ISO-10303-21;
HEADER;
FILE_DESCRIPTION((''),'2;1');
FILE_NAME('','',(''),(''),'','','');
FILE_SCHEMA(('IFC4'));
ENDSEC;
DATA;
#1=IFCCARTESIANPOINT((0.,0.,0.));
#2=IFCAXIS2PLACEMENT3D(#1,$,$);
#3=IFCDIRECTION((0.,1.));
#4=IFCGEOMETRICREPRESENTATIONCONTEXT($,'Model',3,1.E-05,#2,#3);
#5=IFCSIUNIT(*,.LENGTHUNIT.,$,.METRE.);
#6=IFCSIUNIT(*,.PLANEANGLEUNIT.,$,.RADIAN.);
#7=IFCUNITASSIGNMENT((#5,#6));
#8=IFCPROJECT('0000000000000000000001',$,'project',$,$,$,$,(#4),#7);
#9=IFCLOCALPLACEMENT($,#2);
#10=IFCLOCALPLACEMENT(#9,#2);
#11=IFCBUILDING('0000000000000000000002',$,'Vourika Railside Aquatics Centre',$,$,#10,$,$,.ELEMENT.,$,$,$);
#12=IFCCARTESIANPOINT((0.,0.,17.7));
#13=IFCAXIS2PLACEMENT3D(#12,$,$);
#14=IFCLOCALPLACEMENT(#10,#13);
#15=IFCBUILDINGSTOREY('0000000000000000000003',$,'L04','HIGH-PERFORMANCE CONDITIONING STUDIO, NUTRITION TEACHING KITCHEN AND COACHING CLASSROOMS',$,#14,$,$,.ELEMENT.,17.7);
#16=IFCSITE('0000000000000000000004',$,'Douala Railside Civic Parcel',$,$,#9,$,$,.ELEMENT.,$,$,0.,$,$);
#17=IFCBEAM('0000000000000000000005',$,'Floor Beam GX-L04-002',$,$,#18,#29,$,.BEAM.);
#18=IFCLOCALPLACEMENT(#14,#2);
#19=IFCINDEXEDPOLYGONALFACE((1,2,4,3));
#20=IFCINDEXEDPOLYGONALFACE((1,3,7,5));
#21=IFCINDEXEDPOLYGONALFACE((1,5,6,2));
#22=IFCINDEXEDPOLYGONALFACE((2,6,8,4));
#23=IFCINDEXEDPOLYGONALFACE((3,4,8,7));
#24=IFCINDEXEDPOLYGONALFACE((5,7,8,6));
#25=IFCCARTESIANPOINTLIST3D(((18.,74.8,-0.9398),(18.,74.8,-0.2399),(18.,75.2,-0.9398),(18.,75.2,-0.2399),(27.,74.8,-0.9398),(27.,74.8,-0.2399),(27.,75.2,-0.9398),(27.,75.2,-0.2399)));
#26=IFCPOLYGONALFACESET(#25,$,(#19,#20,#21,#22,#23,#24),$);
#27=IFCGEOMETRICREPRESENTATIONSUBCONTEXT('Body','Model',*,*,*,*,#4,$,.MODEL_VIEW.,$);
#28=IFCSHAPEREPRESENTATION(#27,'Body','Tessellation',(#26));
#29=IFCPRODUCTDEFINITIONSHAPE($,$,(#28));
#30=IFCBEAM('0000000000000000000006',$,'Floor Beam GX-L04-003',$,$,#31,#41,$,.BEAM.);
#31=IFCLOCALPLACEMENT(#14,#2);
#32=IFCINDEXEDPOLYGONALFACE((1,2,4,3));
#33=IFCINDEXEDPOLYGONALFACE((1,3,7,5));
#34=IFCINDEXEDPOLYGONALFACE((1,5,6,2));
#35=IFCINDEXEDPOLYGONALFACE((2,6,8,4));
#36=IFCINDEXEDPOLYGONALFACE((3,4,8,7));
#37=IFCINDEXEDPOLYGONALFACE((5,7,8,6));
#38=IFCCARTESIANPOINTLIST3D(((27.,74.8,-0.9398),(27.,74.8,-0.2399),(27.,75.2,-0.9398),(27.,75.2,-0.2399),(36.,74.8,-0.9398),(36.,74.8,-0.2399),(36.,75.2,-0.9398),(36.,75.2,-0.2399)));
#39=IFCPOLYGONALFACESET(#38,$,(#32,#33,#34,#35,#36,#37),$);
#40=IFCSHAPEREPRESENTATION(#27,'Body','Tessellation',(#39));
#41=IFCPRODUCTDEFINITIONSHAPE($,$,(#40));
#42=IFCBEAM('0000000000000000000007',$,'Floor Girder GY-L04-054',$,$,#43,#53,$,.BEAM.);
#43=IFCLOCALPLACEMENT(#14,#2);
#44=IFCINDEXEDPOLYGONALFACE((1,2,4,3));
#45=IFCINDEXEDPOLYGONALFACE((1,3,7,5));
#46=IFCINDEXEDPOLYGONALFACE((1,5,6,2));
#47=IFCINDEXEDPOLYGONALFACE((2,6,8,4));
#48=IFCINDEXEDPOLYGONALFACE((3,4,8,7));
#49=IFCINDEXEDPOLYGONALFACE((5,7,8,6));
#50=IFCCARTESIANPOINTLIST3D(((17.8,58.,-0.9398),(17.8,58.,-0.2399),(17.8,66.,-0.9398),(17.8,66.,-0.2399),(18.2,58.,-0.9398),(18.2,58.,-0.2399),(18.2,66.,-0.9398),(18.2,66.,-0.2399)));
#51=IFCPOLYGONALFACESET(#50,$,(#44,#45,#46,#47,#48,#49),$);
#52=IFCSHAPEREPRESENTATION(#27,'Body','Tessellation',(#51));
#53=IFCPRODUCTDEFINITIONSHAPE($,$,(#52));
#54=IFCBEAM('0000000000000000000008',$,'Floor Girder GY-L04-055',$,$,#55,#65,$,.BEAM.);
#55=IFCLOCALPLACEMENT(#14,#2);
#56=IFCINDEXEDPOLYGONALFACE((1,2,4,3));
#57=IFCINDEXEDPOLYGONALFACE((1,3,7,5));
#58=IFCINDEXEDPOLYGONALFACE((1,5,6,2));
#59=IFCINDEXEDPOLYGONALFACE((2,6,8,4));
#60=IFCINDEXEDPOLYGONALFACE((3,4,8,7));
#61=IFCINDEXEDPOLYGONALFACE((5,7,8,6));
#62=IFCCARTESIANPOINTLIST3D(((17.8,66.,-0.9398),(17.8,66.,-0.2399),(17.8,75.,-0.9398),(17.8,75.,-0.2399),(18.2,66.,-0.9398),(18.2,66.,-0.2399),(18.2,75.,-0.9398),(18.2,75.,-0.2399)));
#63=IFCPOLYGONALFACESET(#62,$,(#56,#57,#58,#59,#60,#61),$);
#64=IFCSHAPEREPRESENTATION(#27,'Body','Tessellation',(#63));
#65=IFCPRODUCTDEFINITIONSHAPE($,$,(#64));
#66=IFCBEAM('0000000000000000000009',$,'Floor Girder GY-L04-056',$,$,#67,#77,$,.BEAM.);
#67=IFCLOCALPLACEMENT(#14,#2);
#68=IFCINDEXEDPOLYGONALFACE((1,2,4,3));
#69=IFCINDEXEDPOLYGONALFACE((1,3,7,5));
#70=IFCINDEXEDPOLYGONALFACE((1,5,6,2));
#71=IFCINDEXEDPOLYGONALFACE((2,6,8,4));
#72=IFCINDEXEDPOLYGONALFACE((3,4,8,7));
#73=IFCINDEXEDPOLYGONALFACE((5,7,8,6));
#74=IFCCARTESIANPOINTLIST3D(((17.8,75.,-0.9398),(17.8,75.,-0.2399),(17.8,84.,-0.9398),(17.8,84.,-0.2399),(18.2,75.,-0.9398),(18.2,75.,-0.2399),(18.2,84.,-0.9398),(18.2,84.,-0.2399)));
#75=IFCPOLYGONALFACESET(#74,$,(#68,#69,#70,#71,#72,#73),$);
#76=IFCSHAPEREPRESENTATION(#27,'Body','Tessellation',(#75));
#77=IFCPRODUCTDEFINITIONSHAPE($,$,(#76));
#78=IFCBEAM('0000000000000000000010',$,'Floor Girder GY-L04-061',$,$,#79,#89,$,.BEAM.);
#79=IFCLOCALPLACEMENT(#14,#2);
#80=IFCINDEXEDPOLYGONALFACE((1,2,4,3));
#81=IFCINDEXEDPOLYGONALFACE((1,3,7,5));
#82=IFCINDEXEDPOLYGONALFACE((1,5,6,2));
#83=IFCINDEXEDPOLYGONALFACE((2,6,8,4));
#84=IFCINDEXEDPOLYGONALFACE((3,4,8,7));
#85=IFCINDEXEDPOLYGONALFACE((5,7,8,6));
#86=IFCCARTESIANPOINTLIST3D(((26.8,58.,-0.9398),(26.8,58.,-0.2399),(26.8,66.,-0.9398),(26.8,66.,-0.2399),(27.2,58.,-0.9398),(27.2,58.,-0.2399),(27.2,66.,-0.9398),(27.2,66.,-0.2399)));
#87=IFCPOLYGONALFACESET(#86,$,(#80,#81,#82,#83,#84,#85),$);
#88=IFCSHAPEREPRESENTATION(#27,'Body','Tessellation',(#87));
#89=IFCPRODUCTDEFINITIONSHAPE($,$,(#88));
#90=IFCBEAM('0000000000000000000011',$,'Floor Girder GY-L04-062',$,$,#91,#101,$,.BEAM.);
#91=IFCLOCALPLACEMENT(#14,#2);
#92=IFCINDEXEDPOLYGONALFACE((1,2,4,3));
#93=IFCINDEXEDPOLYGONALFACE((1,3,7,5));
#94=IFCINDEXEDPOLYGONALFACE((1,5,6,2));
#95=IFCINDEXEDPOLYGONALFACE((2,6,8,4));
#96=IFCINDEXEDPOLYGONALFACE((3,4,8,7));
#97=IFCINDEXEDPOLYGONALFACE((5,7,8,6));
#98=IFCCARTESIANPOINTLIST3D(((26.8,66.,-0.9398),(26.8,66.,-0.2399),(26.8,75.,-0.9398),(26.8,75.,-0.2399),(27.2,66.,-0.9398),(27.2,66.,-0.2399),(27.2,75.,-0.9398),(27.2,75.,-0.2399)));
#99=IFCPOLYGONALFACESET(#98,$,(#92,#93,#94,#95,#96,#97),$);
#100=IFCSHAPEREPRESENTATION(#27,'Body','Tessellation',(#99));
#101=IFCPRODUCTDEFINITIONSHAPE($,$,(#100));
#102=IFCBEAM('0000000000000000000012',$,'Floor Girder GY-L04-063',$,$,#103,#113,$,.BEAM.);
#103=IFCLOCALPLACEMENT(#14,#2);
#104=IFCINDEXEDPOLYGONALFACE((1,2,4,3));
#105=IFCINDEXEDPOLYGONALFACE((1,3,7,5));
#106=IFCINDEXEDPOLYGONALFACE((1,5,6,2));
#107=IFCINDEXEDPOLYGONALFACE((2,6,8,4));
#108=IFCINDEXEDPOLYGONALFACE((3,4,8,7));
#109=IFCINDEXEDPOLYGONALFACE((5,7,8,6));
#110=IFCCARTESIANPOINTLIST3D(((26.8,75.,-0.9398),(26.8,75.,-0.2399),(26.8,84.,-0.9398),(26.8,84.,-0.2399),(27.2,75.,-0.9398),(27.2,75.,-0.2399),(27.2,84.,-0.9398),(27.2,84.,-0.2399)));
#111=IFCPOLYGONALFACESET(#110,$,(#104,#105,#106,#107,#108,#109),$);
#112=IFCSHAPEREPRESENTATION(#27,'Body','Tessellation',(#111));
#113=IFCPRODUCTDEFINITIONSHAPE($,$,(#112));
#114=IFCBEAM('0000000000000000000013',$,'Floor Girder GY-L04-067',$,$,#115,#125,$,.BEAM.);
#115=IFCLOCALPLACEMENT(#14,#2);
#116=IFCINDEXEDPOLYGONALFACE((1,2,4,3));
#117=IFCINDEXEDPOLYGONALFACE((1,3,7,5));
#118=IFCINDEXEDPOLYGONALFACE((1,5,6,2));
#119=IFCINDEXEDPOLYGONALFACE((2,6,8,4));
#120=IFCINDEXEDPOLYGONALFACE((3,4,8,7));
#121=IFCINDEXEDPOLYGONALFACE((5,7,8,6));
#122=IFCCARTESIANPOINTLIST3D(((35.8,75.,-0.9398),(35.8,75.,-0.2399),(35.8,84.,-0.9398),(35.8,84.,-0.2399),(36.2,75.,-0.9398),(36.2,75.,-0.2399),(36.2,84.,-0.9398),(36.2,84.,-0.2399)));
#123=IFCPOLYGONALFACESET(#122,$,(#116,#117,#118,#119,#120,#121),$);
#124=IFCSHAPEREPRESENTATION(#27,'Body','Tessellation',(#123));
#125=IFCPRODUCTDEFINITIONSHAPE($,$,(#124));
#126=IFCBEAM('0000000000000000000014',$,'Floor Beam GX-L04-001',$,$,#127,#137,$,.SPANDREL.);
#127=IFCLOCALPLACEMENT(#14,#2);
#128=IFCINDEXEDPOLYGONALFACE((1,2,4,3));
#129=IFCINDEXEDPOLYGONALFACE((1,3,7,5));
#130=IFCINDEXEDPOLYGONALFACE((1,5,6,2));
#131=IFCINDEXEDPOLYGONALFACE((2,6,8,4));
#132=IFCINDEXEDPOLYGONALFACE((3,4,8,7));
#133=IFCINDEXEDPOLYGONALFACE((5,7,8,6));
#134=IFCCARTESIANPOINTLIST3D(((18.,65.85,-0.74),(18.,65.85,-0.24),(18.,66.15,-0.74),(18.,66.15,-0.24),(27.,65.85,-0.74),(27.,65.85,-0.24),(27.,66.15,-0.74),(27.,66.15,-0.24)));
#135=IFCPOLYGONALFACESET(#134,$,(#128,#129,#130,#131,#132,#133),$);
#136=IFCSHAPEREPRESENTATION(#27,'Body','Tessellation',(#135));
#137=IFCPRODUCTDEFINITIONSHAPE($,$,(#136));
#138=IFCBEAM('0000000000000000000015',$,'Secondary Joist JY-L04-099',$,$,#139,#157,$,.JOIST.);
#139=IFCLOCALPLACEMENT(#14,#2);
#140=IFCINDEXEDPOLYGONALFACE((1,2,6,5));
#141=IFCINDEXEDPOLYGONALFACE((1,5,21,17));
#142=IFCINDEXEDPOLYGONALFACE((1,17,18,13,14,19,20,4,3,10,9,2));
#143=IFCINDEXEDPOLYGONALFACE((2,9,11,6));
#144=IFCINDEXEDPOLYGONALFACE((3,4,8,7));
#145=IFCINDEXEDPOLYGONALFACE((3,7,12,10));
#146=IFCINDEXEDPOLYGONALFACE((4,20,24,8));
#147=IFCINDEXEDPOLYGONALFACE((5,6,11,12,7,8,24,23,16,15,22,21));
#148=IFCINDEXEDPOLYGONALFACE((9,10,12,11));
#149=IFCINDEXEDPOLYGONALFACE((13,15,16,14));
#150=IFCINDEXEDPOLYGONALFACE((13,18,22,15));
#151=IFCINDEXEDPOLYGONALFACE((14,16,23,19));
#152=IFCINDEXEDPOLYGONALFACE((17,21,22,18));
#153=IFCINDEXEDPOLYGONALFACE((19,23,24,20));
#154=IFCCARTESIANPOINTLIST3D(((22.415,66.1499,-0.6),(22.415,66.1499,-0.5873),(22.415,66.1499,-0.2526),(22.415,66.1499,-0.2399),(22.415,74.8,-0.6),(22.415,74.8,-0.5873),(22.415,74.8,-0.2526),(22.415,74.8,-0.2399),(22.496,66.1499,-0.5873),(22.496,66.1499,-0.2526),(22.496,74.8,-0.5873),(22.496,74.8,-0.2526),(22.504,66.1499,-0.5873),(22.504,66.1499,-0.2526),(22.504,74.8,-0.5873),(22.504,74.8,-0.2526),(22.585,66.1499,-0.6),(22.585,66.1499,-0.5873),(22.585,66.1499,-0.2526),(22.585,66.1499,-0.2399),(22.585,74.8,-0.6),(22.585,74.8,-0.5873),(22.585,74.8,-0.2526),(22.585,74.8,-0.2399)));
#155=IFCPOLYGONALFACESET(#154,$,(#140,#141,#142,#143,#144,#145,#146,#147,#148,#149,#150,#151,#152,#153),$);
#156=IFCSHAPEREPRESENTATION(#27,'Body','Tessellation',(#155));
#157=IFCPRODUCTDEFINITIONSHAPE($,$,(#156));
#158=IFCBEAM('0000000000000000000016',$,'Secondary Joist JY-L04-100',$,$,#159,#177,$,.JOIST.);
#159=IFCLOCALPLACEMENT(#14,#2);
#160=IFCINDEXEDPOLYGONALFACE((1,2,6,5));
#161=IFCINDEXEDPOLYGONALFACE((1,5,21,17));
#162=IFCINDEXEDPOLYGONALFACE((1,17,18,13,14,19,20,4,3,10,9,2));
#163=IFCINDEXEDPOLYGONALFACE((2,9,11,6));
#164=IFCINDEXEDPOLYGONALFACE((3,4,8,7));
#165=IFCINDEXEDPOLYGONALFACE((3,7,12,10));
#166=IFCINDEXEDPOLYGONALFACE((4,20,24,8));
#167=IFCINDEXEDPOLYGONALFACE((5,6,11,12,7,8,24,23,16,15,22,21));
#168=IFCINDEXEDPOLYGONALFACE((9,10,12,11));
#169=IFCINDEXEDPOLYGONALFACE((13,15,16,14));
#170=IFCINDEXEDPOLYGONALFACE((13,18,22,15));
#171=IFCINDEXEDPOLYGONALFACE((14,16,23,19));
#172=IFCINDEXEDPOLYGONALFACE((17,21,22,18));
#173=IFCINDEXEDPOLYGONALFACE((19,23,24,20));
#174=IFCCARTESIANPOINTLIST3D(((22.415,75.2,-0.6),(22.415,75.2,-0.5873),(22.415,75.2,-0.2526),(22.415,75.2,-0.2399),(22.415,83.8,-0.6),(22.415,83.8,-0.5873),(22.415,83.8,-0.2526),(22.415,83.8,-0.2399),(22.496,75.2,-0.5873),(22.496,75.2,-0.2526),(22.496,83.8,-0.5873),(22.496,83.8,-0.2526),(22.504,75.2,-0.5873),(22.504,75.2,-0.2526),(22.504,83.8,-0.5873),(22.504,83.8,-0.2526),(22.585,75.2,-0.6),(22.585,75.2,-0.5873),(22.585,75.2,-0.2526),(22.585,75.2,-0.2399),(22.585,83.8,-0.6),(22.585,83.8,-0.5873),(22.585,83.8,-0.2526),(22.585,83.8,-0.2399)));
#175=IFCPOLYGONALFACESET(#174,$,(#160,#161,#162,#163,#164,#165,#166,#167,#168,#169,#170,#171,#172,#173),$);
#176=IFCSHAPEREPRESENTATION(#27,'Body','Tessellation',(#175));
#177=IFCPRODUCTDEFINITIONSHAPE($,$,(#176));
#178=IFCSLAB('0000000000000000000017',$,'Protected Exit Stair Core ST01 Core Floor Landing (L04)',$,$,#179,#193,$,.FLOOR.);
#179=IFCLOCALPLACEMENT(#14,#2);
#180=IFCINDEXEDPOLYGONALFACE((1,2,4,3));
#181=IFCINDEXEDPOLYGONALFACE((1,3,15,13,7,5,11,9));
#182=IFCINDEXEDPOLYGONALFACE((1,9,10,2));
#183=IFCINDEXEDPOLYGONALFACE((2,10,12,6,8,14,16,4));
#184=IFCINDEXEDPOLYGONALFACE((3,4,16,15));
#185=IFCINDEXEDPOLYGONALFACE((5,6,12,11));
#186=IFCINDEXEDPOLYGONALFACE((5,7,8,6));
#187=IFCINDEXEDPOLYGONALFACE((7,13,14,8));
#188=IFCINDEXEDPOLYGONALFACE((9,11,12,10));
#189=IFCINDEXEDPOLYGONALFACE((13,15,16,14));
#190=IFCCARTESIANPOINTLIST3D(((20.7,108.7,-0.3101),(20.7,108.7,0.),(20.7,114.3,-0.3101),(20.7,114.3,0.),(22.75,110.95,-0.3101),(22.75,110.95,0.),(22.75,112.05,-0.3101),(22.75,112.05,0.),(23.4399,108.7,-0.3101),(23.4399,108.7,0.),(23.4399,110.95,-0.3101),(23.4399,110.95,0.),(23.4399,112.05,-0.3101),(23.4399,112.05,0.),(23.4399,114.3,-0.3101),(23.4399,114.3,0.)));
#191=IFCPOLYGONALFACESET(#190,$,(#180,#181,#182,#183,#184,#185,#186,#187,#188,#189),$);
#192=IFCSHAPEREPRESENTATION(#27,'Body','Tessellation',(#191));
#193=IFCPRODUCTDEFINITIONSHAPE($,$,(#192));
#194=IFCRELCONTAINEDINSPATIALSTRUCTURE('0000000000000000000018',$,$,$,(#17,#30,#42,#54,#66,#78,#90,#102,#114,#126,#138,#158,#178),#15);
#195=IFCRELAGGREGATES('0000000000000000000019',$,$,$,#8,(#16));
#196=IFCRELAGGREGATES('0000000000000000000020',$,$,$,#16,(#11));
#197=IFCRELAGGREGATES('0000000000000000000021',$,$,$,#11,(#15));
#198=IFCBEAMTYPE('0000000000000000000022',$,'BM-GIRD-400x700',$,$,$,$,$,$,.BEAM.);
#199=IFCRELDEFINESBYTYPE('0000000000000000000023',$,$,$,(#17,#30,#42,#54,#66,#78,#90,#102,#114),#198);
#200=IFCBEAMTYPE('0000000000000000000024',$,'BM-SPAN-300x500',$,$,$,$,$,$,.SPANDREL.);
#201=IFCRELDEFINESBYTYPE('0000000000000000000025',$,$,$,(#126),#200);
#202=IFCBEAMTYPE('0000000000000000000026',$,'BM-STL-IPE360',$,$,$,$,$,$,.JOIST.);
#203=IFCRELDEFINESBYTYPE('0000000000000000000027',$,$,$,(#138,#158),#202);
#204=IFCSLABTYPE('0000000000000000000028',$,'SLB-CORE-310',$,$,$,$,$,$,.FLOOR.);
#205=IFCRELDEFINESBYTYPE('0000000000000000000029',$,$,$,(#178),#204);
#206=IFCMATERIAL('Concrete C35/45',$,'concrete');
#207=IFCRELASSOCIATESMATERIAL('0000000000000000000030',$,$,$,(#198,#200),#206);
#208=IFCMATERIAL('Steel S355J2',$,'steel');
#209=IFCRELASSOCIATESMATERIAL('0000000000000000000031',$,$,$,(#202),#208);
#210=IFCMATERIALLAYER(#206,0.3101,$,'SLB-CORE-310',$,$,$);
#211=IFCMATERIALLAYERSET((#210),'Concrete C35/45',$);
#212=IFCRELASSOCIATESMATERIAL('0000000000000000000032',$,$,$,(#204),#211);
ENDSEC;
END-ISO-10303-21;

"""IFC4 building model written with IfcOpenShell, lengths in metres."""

from ifc_helpers import new_model, si_unit, direction, frame, origin, origin_2d, place, context, subcontext, project, spatial, polyline, rectangle, i_section, outline, extrude, material, layer, layer_set, material_profile, profile_set, type_object, element, save


model = new_model("IFC4")

# Units and contexts
model_context = context("Model", 3, precision=1e-05, world=origin(), true_north=direction((0.0, 1.0)))
body_context = subcontext(model_context, "Body", "Model", "MODEL_VIEW")
ifc_project = project(units=[si_unit("LENGTHUNIT", "METRE"), si_unit("PLANEANGLEUNIT", "RADIAN")], contexts=[model_context])

# Site, building, storey
site_placement = place(None, origin())
site = spatial("IfcSite", under=ifc_project, at=site_placement, Name="Douala Railside Civic Parcel", CompositionType="ELEMENT", RefElevation=0.0)
building_placement = place(site_placement, origin())
building = spatial("IfcBuilding", under=site, at=building_placement, Name="Vourika Railside Aquatics Centre", CompositionType="ELEMENT")
storey_placement = place(building_placement, frame((0.0, 0.0, 17.7)))
storey = spatial("IfcBuildingStorey", under=building, at=storey_placement, Name="L04", Description="HIGH-PERFORMANCE CONDITIONING STUDIO, NUTRITION TEACHING KITCHEN AND COACHING CLASSROOMS", CompositionType="ELEMENT", Elevation=17.7)

# Beams
ifc_material_1 = material(Name="Concrete C35/45", Category="concrete")
ifc_material_profile_1 = material_profile(ifc_material_1, rectangle(XDim=0.3999, YDim=0.7, at=origin_2d()), Name="RC 400x700")
ifc_profile_set_1 = profile_set([ifc_material_profile_1], Name="Concrete C35/45")
beam_type_1 = type_object("IfcBeamType", Name="BM-GIRD-400x700", PredefinedType="BEAM", material=ifc_profile_set_1)
for number, where, z_axis, x_axis, name in (
    (1, (18.0, 75.0, -0.5898), (1.0, 0.0, 0.0), (0.0, 1.0, 0.0), "Floor Beam GX-L04-002"),
    (2, (27.0, 75.0, -0.5898), (1.0, 0.0, 0.0), (0.0, 1.0, 0.0), "Floor Beam GX-L04-003"),
):
    element("IfcBeam", number, at=place(storey_placement, frame(where, z_axis=z_axis, x_axis=x_axis)), inside=storey, type_object=beam_type_1, Name=name, PredefinedType="BEAM", context=body_context, shape_type="SweptSolid", body=[
        extrude(rectangle(XDim=0.3999, YDim=0.7, at=origin_2d()), origin(), (0.0, 0.0, 1.0), 9.0),
    ])
beam_1_placement = place(storey_placement, frame((18.0, 58.0, -0.5898), z_axis=(0.0, 1.0, 0.0), x_axis=(-1.0, 0.0, 0.0)))
element("IfcBeam", 3, at=beam_1_placement, inside=storey, type_object=beam_type_1, Name="Floor Girder GY-L04-054", PredefinedType="BEAM", context=body_context, shape_type="SweptSolid", body=[
    extrude(rectangle(XDim=0.3999, YDim=0.7, at=origin_2d()), origin(), (0.0, 0.0, 1.0), 8.0),
])
for number, where, z_axis, x_axis, name in (
    (4, (18.0, 66.0, -0.5898), (0.0, 1.0, 0.0), (-1.0, 0.0, 0.0), "Floor Girder GY-L04-055"),
    (5, (18.0, 75.0, -0.5898), (0.0, 1.0, 0.0), (-1.0, 0.0, 0.0), "Floor Girder GY-L04-056"),
):
    element("IfcBeam", number, at=place(storey_placement, frame(where, z_axis=z_axis, x_axis=x_axis)), inside=storey, type_object=beam_type_1, Name=name, PredefinedType="BEAM", context=body_context, shape_type="SweptSolid", body=[
        extrude(rectangle(XDim=0.3999, YDim=0.7, at=origin_2d()), origin(), (0.0, 0.0, 1.0), 9.0),
    ])
beam_2_placement = place(storey_placement, frame((27.0, 58.0, -0.5898), z_axis=(0.0, 1.0, 0.0), x_axis=(-1.0, 0.0, 0.0)))
element("IfcBeam", 6, at=beam_2_placement, inside=storey, type_object=beam_type_1, Name="Floor Girder GY-L04-061", PredefinedType="BEAM", context=body_context, shape_type="SweptSolid", body=[
    extrude(rectangle(XDim=0.3999, YDim=0.7, at=origin_2d()), origin(), (0.0, 0.0, 1.0), 8.0),
])
for number, where, z_axis, x_axis, name in (
    (7, (27.0, 66.0, -0.5898), (0.0, 1.0, 0.0), (-1.0, 0.0, 0.0), "Floor Girder GY-L04-062"),
    (8, (27.0, 75.0, -0.5898), (0.0, 1.0, 0.0), (-1.0, 0.0, 0.0), "Floor Girder GY-L04-063"),
    (9, (36.0, 75.0, -0.5898), (0.0, 1.0, 0.0), (-1.0, 0.0, 0.0), "Floor Girder GY-L04-067"),
):
    element("IfcBeam", number, at=place(storey_placement, frame(where, z_axis=z_axis, x_axis=x_axis)), inside=storey, type_object=beam_type_1, Name=name, PredefinedType="BEAM", context=body_context, shape_type="SweptSolid", body=[
        extrude(rectangle(XDim=0.3999, YDim=0.7, at=origin_2d()), origin(), (0.0, 0.0, 1.0), 9.0),
    ])
ifc_material_profile_2 = material_profile(ifc_material_1, rectangle(XDim=0.3, YDim=0.5, at=origin_2d()), Name="RC 300x500")
ifc_profile_set_2 = profile_set([ifc_material_profile_2], Name="Concrete C35/45")
beam_type_2 = type_object("IfcBeamType", Name="BM-SPAN-300x500", PredefinedType="SPANDREL", material=ifc_profile_set_2)
beam_3_placement = place(storey_placement, frame((18.0, 66.0, -0.49), z_axis=(1.0, 0.0, 0.0), x_axis=(0.0, 1.0, 0.0)))
element("IfcBeam", 10, at=beam_3_placement, inside=storey, type_object=beam_type_2, Name="Floor Beam GX-L04-001", PredefinedType="SPANDREL", context=body_context, shape_type="SweptSolid", body=[
    extrude(rectangle(XDim=0.3, YDim=0.5, at=origin_2d()), origin(), (0.0, 0.0, 1.0), 9.0),
])
ifc_material_2 = material(Name="Steel S355J2", Category="steel")
ifc_material_profile_3 = material_profile(ifc_material_2, i_section(OverallWidth=0.1699, OverallDepth=0.3601, WebThickness=0.0081, FlangeThickness=0.0127, at=origin_2d()), Name="IPE 360")
ifc_profile_set_3 = profile_set([ifc_material_profile_3], Name="Steel S355J2")
beam_type_3 = type_object("IfcBeamType", Name="BM-STL-IPE360", PredefinedType="JOIST", material=ifc_profile_set_3)
beam_4_placement = place(storey_placement, frame((22.5, 66.1499, -0.4199), z_axis=(0.0, 1.0, 0.0), x_axis=(-1.0, 0.0, 0.0)))
element("IfcBeam", 11, at=beam_4_placement, inside=storey, type_object=beam_type_3, Name="Secondary Joist JY-L04-099", PredefinedType="JOIST", context=body_context, shape_type="SweptSolid", body=[
    extrude(i_section(OverallWidth=0.1699, OverallDepth=0.3601, WebThickness=0.0081, FlangeThickness=0.0127, at=origin_2d()), origin(), (0.0, 0.0, 1.0), 8.6501),
])
beam_5_placement = place(storey_placement, frame((22.5, 75.2, -0.4199), z_axis=(0.0, 1.0, 0.0), x_axis=(-1.0, 0.0, 0.0)))
element("IfcBeam", 12, at=beam_5_placement, inside=storey, type_object=beam_type_3, Name="Secondary Joist JY-L04-100", PredefinedType="JOIST", context=body_context, shape_type="SweptSolid", body=[
    extrude(i_section(OverallWidth=0.1699, OverallDepth=0.3601, WebThickness=0.0081, FlangeThickness=0.0127, at=origin_2d()), origin(), (0.0, 0.0, 1.0), 8.6001),
])

# Slab
ifc_layer_1 = layer(ifc_material_1, 0.3101, Name="SLB-CORE-310")
ifc_layer_set_1 = layer_set([ifc_layer_1], Name="Concrete C35/45")
slab_type_1 = type_object("IfcSlabType", Name="SLB-CORE-310", PredefinedType="FLOOR", material=ifc_layer_set_1)
slab_1_placement = place(storey_placement, frame((0.0, 0.0, -0.3101)))
element("IfcSlab", 13, at=slab_1_placement, inside=storey, type_object=slab_type_1, Name="Protected Exit Stair Core ST01 Core Floor Landing (L04)", PredefinedType="FLOOR", context=body_context, shape_type="SweptSolid", body=[
    extrude(outline(polyline([(20.7, 108.7), (23.4399, 108.7), (23.4399, 110.95), (22.75, 110.95), (22.75, 112.05), (23.4399, 112.05), (23.4399, 114.3), (20.7, 114.3), (20.7, 108.7)])), origin(), (0.0, 0.0, 1.0), 0.3101),
])

save(model, "model.ifc")
